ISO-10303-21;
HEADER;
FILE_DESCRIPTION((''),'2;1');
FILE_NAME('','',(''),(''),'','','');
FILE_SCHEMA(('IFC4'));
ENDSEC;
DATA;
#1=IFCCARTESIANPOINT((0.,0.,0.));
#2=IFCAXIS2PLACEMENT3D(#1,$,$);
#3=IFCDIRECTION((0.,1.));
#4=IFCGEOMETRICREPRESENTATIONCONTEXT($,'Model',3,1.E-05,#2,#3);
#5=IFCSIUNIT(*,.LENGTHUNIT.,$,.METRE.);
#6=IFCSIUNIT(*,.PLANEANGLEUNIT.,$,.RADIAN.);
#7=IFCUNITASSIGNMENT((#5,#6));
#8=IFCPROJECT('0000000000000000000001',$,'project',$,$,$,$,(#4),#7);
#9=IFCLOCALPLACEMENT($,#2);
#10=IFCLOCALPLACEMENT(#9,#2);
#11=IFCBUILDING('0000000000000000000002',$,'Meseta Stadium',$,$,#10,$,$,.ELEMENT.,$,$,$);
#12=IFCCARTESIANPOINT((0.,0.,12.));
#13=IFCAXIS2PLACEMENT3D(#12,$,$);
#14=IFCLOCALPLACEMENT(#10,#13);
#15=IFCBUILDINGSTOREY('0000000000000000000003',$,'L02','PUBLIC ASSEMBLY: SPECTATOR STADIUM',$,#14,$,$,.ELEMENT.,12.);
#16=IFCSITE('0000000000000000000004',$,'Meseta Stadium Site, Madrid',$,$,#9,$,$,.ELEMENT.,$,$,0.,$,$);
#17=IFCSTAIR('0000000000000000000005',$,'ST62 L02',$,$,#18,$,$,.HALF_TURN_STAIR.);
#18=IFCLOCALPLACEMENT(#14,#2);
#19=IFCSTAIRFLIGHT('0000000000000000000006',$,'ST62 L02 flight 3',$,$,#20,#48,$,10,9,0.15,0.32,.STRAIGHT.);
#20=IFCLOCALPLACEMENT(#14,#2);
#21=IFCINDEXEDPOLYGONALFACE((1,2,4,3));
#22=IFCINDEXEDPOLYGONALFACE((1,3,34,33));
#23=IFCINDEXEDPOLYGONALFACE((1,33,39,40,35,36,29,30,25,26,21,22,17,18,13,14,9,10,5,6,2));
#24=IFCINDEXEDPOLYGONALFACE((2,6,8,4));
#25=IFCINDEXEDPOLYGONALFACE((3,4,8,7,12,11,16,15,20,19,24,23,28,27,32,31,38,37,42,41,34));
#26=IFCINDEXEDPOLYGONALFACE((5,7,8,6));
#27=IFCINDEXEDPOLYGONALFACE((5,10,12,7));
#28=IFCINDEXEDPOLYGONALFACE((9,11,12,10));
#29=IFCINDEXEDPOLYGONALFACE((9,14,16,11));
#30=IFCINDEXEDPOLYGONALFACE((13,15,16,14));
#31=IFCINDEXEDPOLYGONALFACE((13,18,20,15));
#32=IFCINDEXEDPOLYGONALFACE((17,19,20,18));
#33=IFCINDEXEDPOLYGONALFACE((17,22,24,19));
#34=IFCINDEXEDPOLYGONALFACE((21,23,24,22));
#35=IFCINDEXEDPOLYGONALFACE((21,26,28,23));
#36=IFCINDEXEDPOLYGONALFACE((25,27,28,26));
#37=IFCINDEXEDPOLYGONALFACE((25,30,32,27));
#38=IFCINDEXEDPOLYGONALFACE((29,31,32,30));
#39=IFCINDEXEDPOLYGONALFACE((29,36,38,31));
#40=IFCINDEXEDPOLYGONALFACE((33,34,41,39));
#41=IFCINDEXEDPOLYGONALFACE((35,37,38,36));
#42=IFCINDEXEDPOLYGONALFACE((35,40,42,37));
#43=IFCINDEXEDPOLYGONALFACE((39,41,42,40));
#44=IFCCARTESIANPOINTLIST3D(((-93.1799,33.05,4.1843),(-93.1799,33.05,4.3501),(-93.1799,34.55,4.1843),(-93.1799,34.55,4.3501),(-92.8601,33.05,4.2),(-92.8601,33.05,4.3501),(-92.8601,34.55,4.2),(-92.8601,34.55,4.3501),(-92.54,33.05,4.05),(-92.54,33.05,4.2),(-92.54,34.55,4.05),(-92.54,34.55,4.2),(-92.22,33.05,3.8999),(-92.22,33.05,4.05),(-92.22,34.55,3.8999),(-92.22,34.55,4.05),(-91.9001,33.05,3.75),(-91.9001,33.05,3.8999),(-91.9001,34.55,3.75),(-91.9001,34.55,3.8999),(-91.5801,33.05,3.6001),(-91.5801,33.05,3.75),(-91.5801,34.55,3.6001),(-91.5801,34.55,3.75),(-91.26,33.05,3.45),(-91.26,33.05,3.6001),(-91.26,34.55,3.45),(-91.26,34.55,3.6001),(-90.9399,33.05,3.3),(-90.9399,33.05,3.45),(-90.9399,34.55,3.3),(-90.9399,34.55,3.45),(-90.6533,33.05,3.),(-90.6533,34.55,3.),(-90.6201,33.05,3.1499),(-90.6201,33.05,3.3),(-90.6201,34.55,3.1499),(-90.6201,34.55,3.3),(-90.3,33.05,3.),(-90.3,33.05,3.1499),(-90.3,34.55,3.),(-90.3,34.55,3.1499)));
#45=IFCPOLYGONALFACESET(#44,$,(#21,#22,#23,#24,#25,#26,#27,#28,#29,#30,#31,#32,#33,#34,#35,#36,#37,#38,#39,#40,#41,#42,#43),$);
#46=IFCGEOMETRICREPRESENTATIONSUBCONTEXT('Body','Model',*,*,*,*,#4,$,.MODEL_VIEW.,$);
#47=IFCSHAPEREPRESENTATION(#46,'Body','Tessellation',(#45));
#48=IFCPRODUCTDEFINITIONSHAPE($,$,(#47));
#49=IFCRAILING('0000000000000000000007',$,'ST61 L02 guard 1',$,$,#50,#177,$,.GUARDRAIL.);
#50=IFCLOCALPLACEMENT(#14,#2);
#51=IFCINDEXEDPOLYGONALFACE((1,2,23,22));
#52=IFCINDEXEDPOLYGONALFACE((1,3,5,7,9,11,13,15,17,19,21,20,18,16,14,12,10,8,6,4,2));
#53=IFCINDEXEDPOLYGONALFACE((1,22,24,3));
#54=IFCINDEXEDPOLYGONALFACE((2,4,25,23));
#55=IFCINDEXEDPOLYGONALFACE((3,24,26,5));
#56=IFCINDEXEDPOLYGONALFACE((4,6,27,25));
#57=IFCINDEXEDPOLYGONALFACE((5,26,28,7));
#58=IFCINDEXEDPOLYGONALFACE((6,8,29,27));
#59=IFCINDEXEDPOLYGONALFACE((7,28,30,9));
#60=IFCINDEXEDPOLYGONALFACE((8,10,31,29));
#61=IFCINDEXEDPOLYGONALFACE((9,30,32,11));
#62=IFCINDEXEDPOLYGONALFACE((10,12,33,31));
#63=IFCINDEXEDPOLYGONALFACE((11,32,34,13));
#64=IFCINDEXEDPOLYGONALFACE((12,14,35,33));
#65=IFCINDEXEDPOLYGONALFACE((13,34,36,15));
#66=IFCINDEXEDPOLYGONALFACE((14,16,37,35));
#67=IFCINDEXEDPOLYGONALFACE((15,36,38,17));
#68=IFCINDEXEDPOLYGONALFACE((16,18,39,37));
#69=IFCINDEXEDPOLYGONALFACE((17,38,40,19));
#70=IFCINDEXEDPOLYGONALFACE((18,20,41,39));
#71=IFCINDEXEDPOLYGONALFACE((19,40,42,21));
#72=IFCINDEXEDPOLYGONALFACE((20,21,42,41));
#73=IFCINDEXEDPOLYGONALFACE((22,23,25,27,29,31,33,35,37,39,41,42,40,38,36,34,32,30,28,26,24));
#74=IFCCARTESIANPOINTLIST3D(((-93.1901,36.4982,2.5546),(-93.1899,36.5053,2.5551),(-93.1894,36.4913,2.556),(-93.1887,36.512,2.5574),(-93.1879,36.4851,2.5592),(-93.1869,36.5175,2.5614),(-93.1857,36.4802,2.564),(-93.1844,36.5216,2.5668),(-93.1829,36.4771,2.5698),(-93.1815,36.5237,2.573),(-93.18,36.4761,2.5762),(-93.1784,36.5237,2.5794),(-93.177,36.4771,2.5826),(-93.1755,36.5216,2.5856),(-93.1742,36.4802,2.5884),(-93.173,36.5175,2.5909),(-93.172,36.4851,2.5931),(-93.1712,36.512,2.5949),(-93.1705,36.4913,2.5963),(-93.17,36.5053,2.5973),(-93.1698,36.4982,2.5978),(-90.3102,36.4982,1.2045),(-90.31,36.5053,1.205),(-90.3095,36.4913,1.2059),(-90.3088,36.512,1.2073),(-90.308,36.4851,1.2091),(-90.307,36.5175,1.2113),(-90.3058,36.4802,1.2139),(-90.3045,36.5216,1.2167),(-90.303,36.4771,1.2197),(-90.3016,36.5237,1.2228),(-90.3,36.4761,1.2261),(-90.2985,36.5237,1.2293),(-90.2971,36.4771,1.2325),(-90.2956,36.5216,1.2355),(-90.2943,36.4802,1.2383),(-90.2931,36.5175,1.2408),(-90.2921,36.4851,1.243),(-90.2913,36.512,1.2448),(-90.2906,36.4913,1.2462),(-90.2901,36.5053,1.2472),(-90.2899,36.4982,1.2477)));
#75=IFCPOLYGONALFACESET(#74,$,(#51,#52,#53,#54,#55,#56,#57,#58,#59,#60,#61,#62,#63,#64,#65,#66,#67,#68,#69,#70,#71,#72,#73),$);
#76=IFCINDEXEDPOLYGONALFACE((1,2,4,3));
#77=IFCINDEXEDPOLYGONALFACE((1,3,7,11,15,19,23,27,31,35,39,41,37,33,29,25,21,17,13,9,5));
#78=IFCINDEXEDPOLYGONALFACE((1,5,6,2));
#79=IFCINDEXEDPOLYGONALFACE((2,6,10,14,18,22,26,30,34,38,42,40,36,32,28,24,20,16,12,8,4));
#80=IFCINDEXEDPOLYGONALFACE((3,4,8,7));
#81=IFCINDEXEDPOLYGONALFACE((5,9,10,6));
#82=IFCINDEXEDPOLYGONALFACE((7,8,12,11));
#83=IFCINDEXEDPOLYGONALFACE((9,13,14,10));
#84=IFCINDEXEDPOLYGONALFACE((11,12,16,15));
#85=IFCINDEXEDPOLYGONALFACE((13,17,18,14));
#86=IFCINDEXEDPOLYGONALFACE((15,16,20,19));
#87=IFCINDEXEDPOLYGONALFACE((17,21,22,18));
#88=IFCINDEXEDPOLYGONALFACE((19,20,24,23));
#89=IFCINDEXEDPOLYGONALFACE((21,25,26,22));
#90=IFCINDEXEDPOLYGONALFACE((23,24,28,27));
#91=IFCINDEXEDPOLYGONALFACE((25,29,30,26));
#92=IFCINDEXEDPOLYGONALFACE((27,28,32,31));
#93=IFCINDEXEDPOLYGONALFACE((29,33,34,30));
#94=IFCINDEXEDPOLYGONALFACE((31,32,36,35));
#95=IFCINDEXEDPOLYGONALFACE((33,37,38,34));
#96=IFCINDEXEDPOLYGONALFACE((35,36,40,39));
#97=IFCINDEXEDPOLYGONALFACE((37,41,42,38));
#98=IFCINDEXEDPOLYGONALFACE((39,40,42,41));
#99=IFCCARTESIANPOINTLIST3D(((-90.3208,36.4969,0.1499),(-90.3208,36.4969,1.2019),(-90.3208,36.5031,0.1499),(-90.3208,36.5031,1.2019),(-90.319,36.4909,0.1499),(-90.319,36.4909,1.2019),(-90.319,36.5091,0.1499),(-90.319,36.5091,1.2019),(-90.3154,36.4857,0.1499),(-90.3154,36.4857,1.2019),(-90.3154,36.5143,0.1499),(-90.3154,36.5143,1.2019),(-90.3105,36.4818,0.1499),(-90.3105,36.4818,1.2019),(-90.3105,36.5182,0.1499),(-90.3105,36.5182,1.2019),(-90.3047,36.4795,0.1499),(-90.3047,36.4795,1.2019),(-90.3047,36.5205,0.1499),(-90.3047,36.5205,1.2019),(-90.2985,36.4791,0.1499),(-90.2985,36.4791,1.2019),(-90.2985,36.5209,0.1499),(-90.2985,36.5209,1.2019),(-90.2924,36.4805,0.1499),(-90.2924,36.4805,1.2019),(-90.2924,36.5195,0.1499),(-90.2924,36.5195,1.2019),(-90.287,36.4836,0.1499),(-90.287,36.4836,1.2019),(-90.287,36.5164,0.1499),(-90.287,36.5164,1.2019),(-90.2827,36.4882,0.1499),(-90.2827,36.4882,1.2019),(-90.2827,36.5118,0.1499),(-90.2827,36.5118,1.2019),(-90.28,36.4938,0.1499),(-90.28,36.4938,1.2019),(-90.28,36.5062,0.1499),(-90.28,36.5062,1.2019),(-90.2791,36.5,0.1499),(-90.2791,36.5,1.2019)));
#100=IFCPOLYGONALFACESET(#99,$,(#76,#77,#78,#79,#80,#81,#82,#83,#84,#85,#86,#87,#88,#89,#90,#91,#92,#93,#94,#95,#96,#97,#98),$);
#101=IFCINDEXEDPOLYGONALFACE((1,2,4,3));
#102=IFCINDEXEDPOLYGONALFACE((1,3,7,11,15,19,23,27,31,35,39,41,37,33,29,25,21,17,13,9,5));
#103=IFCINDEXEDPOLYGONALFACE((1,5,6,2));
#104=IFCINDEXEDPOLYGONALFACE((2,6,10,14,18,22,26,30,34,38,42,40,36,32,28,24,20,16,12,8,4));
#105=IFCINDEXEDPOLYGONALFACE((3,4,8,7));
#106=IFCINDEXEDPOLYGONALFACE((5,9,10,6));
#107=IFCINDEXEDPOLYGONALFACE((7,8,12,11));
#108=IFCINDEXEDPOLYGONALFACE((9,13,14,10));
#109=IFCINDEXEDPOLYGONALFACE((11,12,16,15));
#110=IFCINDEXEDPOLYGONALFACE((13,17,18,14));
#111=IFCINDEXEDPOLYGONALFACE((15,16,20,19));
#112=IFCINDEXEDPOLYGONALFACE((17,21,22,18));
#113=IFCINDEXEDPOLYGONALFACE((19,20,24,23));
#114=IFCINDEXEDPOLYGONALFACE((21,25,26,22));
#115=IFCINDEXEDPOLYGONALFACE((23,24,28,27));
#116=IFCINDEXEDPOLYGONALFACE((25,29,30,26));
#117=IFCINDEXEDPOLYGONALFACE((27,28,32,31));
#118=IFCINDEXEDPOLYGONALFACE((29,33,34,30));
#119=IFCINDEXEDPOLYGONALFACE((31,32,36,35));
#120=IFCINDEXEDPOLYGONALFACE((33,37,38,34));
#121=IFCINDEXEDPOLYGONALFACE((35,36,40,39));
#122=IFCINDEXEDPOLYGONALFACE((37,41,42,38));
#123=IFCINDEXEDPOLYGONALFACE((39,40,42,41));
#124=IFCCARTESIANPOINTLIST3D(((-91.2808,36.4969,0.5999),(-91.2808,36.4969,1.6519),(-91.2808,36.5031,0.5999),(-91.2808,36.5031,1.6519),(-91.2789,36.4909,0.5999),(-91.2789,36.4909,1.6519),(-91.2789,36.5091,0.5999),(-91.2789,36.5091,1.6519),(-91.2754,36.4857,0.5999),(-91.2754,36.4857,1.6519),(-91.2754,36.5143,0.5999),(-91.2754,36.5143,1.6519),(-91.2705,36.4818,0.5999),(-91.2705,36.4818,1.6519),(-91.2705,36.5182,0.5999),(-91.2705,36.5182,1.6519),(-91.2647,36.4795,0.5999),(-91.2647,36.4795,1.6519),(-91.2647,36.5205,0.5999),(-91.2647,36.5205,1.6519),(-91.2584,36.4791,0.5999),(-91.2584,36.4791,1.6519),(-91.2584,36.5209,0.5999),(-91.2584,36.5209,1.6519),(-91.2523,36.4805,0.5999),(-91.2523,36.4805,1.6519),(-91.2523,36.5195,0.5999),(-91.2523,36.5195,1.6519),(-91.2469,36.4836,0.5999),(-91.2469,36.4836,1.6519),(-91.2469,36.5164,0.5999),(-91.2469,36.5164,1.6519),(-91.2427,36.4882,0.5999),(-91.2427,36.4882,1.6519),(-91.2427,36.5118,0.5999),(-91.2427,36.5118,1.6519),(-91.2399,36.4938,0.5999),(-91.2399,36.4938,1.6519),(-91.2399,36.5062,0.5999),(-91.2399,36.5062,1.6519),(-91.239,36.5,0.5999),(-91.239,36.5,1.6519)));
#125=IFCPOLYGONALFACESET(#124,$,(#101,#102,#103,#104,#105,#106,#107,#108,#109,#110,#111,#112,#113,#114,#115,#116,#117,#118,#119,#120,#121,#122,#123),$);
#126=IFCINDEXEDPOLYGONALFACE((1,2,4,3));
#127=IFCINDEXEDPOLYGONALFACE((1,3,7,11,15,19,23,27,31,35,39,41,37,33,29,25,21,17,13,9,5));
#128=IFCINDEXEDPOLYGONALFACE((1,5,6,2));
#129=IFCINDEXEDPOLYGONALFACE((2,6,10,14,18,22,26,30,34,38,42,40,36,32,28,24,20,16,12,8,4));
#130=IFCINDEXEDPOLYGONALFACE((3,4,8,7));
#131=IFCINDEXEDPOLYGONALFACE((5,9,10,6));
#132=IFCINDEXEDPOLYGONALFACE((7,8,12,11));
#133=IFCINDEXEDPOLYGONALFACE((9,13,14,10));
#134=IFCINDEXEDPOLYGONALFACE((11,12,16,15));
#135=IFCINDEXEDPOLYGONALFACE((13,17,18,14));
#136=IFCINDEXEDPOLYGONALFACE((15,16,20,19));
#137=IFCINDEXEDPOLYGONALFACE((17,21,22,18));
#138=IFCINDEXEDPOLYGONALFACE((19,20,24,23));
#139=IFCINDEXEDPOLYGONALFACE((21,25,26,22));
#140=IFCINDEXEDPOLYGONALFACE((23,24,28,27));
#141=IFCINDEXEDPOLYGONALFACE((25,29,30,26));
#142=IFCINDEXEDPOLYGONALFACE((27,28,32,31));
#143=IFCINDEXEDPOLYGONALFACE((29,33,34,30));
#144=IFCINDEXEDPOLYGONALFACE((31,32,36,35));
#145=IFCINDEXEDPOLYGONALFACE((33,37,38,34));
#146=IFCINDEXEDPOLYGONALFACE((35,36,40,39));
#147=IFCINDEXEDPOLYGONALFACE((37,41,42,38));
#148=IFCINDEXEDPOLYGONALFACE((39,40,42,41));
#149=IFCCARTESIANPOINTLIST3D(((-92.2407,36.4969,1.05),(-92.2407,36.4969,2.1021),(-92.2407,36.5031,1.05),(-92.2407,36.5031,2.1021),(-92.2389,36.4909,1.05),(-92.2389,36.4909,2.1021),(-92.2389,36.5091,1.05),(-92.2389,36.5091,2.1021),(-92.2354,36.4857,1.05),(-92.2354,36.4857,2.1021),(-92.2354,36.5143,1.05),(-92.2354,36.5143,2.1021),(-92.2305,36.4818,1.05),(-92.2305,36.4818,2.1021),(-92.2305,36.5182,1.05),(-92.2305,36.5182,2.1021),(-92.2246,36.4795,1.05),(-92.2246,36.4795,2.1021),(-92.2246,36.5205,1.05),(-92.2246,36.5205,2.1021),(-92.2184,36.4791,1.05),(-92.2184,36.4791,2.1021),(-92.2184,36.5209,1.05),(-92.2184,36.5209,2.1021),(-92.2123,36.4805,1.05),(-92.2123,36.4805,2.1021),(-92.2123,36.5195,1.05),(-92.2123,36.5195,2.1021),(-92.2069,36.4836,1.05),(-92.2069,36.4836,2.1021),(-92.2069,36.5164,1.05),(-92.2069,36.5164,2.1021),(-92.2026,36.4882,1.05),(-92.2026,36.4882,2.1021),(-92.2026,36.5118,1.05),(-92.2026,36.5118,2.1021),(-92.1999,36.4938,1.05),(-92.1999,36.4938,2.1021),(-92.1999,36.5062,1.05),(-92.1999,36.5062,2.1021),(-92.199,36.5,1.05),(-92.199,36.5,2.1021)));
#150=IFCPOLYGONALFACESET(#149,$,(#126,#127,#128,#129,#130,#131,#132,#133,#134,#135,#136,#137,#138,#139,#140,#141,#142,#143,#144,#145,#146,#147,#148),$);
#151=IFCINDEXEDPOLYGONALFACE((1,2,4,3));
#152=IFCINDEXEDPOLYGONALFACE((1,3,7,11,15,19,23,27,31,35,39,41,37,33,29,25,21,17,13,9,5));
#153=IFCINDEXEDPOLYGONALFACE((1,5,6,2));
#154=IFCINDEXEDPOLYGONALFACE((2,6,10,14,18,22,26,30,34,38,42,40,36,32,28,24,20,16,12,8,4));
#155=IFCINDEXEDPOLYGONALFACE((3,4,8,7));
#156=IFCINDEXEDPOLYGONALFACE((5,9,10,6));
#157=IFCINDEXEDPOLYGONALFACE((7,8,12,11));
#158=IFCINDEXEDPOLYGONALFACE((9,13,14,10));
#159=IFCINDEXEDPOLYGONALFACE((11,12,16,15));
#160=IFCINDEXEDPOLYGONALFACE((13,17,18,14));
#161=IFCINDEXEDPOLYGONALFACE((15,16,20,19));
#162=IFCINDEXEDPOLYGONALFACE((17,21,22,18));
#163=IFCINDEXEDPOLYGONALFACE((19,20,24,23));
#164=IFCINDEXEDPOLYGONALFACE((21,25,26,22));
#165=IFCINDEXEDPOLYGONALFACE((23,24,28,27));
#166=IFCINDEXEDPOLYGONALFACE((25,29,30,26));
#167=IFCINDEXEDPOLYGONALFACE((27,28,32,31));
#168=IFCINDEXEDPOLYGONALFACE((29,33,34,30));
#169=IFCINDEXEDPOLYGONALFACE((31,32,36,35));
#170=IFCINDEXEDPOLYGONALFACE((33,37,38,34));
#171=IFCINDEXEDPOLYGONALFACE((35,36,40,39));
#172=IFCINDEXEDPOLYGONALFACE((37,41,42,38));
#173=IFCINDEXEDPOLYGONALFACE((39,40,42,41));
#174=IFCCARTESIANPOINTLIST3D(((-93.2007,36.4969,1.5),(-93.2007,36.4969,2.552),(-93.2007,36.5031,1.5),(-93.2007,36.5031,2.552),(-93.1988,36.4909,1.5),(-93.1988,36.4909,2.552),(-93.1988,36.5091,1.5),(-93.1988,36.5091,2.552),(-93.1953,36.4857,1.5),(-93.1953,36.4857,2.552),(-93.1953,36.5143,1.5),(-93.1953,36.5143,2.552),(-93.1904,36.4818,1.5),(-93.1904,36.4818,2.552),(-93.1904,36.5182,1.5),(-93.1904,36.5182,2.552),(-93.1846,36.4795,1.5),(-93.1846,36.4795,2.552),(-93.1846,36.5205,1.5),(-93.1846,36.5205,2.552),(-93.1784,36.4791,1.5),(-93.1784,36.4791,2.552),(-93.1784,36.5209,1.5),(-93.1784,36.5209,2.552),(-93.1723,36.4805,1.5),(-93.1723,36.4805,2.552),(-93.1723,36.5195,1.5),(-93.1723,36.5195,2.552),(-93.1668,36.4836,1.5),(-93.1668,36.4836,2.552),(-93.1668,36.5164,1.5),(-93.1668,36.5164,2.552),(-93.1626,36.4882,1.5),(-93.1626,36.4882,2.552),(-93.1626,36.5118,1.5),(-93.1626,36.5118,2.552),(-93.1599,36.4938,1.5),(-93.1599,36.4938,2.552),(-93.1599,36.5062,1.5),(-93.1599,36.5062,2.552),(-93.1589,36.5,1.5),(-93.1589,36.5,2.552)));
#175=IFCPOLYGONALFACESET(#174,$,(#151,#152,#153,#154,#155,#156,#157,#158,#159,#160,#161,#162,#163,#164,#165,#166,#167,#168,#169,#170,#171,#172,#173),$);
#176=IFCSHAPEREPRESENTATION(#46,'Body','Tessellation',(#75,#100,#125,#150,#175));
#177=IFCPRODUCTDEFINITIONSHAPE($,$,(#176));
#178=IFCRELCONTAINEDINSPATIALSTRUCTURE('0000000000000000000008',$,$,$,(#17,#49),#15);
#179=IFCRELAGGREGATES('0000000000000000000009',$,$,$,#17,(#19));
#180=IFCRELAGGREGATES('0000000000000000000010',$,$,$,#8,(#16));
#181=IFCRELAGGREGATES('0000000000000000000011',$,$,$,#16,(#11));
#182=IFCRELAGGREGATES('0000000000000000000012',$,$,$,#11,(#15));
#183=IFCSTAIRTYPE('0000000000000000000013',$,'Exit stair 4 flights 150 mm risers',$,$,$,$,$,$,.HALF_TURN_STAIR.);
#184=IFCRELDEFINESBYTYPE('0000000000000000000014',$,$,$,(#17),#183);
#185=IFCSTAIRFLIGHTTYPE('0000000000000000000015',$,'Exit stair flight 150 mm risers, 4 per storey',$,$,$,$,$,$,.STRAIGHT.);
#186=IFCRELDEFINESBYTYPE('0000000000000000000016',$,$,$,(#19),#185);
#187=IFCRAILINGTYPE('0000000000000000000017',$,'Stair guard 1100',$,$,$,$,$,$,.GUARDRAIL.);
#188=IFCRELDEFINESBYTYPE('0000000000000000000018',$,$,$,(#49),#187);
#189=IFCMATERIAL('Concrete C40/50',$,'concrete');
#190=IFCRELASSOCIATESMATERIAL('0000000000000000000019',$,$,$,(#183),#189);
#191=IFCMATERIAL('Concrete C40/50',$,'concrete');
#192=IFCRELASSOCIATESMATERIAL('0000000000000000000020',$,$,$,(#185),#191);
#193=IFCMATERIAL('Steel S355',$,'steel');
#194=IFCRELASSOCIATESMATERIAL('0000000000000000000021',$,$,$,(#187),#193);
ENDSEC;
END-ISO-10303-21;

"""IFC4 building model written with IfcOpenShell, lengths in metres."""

from ifc_helpers import new_model, si_unit, direction, frame, origin, origin_2d, place, context, subcontext, project, spatial, polyline, circle, outline, extrude, material, type_object, element, aggregate, save


model = new_model("IFC4")

# Units and contexts
model_context = context("Model", 3, precision=1e-05, world=origin(), true_north=direction((0.0, 1.0)))
body_context = subcontext(model_context, "Body", "Model", "MODEL_VIEW")
ifc_project = project(units=[si_unit("LENGTHUNIT", "METRE"), si_unit("PLANEANGLEUNIT", "RADIAN")], contexts=[model_context])

# Site, building, storey
site_placement = place(None, origin())
site = spatial("IfcSite", under=ifc_project, at=site_placement, Name="Meseta Stadium Site, Madrid", CompositionType="ELEMENT", RefElevation=0.0)
building_placement = place(site_placement, origin())
building = spatial("IfcBuilding", under=site, at=building_placement, Name="Meseta Stadium", CompositionType="ELEMENT")
storey_placement = place(building_placement, frame((0.0, 0.0, 12.0)))
storey = spatial("IfcBuildingStorey", under=building, at=storey_placement, Name="L02", Description="PUBLIC ASSEMBLY: SPECTATOR STADIUM", CompositionType="ELEMENT", Elevation=12.0)

# Stair, stair flight
ifc_material_1 = material(Name="Concrete C40/50", Category="concrete")
stair_type = type_object("IfcStairType", Name="Exit stair 4 flights 150 mm risers", PredefinedType="HALF_TURN_STAIR", material=ifc_material_1)
ifc_material_2 = material(Name="Concrete C40/50", Category="concrete")
stair_flight_type = type_object("IfcStairFlightType", Name="Exit stair flight 150 mm risers, 4 per storey", PredefinedType="STRAIGHT", material=ifc_material_2)
stair_1_placement = place(storey_placement, origin())
stair_1 = element("IfcStair", 1, at=stair_1_placement, inside=storey, type_object=stair_type, Name="ST62 L02", PredefinedType="HALF_TURN_STAIR")
stair_flight_1_placement = place(storey_placement, frame((-90.3, 33.8, 3.0), z_axis=(0.0, 0.0, 1.0), x_axis=(-1.0, 0.0, 0.0)))
stair_flight_1 = element("IfcStairFlight", 2, at=stair_flight_1_placement, type_object=stair_flight_type, Name="ST62 L02 flight 3", NumberOfRisers=10, NumberOfTreads=9, PredefinedType="STRAIGHT", RiserHeight=0.15, TreadLength=0.32, context=body_context, shape_type="SweptSolid", body=[
    extrude(outline(polyline([(0.0, 0.0), (0.0, 0.1499), (0.3201, 0.1499), (0.3201, 0.3), (0.6399, 0.3), (0.6399, 0.45), (0.96, 0.45), (0.96, 0.6001), (1.28, 0.6001), (1.28, 0.75), (1.6001, 0.75), (1.6001, 0.8999), (1.9199, 0.8999), (1.9199, 1.05), (2.24, 1.05), (2.24, 1.2), (2.5601, 1.2), (2.5601, 1.3501), (2.8799, 1.3501), (2.8799, 1.1843), (0.3533, 0.0), (0.0, 0.0)])), frame((0.0, 0.75, 0.0), z_axis=(0.0, -1.0, 0.0), x_axis=(1.0, 0.0, 0.0)), (0.0, 0.0, 1.0), 1.5),
])
aggregate(stair_1, [stair_flight_1])

# Railing
ifc_material_3 = material(Name="Steel S355", Category="steel")
railing_type_1 = type_object("IfcRailingType", Name="Stair guard 1100", PredefinedType="GUARDRAIL", material=ifc_material_3)
railing_1_placement = place(storey_placement, frame((-90.3, 36.5, 0.1499)))
element("IfcRailing", 3, at=railing_1_placement, inside=storey, type_object=railing_type_1, Name="ST61 L02 guard 1", PredefinedType="GUARDRAIL", context=body_context, shape_type="SweptSolid", body=[
    extrude(circle(Radius=0.0239, at=origin_2d()), frame((0.0, 0.0, 1.0762), z_axis=(-0.90544, 0.0, 0.424473), x_axis=(0.0, -1.0, 0.0)), (0.0, 0.0, 1.0), 3.1807),
    extrude(circle(Radius=0.021, at=origin_2d()), origin(), (0.0, 0.0, 1.0), 1.052),
    extrude(circle(Radius=0.021, at=origin_2d()), frame((-0.96, 0.0, 0.45)), (0.0, 0.0, 1.0), 1.052),
    extrude(circle(Radius=0.021, at=origin_2d()), frame((-1.9199, 0.0, 0.9001)), (0.0, 0.0, 1.0), 1.052),
    extrude(circle(Radius=0.021, at=origin_2d()), frame((-2.8799, 0.0, 1.3501)), (0.0, 0.0, 1.0), 1.052),
])

save(model, "model.ifc")
